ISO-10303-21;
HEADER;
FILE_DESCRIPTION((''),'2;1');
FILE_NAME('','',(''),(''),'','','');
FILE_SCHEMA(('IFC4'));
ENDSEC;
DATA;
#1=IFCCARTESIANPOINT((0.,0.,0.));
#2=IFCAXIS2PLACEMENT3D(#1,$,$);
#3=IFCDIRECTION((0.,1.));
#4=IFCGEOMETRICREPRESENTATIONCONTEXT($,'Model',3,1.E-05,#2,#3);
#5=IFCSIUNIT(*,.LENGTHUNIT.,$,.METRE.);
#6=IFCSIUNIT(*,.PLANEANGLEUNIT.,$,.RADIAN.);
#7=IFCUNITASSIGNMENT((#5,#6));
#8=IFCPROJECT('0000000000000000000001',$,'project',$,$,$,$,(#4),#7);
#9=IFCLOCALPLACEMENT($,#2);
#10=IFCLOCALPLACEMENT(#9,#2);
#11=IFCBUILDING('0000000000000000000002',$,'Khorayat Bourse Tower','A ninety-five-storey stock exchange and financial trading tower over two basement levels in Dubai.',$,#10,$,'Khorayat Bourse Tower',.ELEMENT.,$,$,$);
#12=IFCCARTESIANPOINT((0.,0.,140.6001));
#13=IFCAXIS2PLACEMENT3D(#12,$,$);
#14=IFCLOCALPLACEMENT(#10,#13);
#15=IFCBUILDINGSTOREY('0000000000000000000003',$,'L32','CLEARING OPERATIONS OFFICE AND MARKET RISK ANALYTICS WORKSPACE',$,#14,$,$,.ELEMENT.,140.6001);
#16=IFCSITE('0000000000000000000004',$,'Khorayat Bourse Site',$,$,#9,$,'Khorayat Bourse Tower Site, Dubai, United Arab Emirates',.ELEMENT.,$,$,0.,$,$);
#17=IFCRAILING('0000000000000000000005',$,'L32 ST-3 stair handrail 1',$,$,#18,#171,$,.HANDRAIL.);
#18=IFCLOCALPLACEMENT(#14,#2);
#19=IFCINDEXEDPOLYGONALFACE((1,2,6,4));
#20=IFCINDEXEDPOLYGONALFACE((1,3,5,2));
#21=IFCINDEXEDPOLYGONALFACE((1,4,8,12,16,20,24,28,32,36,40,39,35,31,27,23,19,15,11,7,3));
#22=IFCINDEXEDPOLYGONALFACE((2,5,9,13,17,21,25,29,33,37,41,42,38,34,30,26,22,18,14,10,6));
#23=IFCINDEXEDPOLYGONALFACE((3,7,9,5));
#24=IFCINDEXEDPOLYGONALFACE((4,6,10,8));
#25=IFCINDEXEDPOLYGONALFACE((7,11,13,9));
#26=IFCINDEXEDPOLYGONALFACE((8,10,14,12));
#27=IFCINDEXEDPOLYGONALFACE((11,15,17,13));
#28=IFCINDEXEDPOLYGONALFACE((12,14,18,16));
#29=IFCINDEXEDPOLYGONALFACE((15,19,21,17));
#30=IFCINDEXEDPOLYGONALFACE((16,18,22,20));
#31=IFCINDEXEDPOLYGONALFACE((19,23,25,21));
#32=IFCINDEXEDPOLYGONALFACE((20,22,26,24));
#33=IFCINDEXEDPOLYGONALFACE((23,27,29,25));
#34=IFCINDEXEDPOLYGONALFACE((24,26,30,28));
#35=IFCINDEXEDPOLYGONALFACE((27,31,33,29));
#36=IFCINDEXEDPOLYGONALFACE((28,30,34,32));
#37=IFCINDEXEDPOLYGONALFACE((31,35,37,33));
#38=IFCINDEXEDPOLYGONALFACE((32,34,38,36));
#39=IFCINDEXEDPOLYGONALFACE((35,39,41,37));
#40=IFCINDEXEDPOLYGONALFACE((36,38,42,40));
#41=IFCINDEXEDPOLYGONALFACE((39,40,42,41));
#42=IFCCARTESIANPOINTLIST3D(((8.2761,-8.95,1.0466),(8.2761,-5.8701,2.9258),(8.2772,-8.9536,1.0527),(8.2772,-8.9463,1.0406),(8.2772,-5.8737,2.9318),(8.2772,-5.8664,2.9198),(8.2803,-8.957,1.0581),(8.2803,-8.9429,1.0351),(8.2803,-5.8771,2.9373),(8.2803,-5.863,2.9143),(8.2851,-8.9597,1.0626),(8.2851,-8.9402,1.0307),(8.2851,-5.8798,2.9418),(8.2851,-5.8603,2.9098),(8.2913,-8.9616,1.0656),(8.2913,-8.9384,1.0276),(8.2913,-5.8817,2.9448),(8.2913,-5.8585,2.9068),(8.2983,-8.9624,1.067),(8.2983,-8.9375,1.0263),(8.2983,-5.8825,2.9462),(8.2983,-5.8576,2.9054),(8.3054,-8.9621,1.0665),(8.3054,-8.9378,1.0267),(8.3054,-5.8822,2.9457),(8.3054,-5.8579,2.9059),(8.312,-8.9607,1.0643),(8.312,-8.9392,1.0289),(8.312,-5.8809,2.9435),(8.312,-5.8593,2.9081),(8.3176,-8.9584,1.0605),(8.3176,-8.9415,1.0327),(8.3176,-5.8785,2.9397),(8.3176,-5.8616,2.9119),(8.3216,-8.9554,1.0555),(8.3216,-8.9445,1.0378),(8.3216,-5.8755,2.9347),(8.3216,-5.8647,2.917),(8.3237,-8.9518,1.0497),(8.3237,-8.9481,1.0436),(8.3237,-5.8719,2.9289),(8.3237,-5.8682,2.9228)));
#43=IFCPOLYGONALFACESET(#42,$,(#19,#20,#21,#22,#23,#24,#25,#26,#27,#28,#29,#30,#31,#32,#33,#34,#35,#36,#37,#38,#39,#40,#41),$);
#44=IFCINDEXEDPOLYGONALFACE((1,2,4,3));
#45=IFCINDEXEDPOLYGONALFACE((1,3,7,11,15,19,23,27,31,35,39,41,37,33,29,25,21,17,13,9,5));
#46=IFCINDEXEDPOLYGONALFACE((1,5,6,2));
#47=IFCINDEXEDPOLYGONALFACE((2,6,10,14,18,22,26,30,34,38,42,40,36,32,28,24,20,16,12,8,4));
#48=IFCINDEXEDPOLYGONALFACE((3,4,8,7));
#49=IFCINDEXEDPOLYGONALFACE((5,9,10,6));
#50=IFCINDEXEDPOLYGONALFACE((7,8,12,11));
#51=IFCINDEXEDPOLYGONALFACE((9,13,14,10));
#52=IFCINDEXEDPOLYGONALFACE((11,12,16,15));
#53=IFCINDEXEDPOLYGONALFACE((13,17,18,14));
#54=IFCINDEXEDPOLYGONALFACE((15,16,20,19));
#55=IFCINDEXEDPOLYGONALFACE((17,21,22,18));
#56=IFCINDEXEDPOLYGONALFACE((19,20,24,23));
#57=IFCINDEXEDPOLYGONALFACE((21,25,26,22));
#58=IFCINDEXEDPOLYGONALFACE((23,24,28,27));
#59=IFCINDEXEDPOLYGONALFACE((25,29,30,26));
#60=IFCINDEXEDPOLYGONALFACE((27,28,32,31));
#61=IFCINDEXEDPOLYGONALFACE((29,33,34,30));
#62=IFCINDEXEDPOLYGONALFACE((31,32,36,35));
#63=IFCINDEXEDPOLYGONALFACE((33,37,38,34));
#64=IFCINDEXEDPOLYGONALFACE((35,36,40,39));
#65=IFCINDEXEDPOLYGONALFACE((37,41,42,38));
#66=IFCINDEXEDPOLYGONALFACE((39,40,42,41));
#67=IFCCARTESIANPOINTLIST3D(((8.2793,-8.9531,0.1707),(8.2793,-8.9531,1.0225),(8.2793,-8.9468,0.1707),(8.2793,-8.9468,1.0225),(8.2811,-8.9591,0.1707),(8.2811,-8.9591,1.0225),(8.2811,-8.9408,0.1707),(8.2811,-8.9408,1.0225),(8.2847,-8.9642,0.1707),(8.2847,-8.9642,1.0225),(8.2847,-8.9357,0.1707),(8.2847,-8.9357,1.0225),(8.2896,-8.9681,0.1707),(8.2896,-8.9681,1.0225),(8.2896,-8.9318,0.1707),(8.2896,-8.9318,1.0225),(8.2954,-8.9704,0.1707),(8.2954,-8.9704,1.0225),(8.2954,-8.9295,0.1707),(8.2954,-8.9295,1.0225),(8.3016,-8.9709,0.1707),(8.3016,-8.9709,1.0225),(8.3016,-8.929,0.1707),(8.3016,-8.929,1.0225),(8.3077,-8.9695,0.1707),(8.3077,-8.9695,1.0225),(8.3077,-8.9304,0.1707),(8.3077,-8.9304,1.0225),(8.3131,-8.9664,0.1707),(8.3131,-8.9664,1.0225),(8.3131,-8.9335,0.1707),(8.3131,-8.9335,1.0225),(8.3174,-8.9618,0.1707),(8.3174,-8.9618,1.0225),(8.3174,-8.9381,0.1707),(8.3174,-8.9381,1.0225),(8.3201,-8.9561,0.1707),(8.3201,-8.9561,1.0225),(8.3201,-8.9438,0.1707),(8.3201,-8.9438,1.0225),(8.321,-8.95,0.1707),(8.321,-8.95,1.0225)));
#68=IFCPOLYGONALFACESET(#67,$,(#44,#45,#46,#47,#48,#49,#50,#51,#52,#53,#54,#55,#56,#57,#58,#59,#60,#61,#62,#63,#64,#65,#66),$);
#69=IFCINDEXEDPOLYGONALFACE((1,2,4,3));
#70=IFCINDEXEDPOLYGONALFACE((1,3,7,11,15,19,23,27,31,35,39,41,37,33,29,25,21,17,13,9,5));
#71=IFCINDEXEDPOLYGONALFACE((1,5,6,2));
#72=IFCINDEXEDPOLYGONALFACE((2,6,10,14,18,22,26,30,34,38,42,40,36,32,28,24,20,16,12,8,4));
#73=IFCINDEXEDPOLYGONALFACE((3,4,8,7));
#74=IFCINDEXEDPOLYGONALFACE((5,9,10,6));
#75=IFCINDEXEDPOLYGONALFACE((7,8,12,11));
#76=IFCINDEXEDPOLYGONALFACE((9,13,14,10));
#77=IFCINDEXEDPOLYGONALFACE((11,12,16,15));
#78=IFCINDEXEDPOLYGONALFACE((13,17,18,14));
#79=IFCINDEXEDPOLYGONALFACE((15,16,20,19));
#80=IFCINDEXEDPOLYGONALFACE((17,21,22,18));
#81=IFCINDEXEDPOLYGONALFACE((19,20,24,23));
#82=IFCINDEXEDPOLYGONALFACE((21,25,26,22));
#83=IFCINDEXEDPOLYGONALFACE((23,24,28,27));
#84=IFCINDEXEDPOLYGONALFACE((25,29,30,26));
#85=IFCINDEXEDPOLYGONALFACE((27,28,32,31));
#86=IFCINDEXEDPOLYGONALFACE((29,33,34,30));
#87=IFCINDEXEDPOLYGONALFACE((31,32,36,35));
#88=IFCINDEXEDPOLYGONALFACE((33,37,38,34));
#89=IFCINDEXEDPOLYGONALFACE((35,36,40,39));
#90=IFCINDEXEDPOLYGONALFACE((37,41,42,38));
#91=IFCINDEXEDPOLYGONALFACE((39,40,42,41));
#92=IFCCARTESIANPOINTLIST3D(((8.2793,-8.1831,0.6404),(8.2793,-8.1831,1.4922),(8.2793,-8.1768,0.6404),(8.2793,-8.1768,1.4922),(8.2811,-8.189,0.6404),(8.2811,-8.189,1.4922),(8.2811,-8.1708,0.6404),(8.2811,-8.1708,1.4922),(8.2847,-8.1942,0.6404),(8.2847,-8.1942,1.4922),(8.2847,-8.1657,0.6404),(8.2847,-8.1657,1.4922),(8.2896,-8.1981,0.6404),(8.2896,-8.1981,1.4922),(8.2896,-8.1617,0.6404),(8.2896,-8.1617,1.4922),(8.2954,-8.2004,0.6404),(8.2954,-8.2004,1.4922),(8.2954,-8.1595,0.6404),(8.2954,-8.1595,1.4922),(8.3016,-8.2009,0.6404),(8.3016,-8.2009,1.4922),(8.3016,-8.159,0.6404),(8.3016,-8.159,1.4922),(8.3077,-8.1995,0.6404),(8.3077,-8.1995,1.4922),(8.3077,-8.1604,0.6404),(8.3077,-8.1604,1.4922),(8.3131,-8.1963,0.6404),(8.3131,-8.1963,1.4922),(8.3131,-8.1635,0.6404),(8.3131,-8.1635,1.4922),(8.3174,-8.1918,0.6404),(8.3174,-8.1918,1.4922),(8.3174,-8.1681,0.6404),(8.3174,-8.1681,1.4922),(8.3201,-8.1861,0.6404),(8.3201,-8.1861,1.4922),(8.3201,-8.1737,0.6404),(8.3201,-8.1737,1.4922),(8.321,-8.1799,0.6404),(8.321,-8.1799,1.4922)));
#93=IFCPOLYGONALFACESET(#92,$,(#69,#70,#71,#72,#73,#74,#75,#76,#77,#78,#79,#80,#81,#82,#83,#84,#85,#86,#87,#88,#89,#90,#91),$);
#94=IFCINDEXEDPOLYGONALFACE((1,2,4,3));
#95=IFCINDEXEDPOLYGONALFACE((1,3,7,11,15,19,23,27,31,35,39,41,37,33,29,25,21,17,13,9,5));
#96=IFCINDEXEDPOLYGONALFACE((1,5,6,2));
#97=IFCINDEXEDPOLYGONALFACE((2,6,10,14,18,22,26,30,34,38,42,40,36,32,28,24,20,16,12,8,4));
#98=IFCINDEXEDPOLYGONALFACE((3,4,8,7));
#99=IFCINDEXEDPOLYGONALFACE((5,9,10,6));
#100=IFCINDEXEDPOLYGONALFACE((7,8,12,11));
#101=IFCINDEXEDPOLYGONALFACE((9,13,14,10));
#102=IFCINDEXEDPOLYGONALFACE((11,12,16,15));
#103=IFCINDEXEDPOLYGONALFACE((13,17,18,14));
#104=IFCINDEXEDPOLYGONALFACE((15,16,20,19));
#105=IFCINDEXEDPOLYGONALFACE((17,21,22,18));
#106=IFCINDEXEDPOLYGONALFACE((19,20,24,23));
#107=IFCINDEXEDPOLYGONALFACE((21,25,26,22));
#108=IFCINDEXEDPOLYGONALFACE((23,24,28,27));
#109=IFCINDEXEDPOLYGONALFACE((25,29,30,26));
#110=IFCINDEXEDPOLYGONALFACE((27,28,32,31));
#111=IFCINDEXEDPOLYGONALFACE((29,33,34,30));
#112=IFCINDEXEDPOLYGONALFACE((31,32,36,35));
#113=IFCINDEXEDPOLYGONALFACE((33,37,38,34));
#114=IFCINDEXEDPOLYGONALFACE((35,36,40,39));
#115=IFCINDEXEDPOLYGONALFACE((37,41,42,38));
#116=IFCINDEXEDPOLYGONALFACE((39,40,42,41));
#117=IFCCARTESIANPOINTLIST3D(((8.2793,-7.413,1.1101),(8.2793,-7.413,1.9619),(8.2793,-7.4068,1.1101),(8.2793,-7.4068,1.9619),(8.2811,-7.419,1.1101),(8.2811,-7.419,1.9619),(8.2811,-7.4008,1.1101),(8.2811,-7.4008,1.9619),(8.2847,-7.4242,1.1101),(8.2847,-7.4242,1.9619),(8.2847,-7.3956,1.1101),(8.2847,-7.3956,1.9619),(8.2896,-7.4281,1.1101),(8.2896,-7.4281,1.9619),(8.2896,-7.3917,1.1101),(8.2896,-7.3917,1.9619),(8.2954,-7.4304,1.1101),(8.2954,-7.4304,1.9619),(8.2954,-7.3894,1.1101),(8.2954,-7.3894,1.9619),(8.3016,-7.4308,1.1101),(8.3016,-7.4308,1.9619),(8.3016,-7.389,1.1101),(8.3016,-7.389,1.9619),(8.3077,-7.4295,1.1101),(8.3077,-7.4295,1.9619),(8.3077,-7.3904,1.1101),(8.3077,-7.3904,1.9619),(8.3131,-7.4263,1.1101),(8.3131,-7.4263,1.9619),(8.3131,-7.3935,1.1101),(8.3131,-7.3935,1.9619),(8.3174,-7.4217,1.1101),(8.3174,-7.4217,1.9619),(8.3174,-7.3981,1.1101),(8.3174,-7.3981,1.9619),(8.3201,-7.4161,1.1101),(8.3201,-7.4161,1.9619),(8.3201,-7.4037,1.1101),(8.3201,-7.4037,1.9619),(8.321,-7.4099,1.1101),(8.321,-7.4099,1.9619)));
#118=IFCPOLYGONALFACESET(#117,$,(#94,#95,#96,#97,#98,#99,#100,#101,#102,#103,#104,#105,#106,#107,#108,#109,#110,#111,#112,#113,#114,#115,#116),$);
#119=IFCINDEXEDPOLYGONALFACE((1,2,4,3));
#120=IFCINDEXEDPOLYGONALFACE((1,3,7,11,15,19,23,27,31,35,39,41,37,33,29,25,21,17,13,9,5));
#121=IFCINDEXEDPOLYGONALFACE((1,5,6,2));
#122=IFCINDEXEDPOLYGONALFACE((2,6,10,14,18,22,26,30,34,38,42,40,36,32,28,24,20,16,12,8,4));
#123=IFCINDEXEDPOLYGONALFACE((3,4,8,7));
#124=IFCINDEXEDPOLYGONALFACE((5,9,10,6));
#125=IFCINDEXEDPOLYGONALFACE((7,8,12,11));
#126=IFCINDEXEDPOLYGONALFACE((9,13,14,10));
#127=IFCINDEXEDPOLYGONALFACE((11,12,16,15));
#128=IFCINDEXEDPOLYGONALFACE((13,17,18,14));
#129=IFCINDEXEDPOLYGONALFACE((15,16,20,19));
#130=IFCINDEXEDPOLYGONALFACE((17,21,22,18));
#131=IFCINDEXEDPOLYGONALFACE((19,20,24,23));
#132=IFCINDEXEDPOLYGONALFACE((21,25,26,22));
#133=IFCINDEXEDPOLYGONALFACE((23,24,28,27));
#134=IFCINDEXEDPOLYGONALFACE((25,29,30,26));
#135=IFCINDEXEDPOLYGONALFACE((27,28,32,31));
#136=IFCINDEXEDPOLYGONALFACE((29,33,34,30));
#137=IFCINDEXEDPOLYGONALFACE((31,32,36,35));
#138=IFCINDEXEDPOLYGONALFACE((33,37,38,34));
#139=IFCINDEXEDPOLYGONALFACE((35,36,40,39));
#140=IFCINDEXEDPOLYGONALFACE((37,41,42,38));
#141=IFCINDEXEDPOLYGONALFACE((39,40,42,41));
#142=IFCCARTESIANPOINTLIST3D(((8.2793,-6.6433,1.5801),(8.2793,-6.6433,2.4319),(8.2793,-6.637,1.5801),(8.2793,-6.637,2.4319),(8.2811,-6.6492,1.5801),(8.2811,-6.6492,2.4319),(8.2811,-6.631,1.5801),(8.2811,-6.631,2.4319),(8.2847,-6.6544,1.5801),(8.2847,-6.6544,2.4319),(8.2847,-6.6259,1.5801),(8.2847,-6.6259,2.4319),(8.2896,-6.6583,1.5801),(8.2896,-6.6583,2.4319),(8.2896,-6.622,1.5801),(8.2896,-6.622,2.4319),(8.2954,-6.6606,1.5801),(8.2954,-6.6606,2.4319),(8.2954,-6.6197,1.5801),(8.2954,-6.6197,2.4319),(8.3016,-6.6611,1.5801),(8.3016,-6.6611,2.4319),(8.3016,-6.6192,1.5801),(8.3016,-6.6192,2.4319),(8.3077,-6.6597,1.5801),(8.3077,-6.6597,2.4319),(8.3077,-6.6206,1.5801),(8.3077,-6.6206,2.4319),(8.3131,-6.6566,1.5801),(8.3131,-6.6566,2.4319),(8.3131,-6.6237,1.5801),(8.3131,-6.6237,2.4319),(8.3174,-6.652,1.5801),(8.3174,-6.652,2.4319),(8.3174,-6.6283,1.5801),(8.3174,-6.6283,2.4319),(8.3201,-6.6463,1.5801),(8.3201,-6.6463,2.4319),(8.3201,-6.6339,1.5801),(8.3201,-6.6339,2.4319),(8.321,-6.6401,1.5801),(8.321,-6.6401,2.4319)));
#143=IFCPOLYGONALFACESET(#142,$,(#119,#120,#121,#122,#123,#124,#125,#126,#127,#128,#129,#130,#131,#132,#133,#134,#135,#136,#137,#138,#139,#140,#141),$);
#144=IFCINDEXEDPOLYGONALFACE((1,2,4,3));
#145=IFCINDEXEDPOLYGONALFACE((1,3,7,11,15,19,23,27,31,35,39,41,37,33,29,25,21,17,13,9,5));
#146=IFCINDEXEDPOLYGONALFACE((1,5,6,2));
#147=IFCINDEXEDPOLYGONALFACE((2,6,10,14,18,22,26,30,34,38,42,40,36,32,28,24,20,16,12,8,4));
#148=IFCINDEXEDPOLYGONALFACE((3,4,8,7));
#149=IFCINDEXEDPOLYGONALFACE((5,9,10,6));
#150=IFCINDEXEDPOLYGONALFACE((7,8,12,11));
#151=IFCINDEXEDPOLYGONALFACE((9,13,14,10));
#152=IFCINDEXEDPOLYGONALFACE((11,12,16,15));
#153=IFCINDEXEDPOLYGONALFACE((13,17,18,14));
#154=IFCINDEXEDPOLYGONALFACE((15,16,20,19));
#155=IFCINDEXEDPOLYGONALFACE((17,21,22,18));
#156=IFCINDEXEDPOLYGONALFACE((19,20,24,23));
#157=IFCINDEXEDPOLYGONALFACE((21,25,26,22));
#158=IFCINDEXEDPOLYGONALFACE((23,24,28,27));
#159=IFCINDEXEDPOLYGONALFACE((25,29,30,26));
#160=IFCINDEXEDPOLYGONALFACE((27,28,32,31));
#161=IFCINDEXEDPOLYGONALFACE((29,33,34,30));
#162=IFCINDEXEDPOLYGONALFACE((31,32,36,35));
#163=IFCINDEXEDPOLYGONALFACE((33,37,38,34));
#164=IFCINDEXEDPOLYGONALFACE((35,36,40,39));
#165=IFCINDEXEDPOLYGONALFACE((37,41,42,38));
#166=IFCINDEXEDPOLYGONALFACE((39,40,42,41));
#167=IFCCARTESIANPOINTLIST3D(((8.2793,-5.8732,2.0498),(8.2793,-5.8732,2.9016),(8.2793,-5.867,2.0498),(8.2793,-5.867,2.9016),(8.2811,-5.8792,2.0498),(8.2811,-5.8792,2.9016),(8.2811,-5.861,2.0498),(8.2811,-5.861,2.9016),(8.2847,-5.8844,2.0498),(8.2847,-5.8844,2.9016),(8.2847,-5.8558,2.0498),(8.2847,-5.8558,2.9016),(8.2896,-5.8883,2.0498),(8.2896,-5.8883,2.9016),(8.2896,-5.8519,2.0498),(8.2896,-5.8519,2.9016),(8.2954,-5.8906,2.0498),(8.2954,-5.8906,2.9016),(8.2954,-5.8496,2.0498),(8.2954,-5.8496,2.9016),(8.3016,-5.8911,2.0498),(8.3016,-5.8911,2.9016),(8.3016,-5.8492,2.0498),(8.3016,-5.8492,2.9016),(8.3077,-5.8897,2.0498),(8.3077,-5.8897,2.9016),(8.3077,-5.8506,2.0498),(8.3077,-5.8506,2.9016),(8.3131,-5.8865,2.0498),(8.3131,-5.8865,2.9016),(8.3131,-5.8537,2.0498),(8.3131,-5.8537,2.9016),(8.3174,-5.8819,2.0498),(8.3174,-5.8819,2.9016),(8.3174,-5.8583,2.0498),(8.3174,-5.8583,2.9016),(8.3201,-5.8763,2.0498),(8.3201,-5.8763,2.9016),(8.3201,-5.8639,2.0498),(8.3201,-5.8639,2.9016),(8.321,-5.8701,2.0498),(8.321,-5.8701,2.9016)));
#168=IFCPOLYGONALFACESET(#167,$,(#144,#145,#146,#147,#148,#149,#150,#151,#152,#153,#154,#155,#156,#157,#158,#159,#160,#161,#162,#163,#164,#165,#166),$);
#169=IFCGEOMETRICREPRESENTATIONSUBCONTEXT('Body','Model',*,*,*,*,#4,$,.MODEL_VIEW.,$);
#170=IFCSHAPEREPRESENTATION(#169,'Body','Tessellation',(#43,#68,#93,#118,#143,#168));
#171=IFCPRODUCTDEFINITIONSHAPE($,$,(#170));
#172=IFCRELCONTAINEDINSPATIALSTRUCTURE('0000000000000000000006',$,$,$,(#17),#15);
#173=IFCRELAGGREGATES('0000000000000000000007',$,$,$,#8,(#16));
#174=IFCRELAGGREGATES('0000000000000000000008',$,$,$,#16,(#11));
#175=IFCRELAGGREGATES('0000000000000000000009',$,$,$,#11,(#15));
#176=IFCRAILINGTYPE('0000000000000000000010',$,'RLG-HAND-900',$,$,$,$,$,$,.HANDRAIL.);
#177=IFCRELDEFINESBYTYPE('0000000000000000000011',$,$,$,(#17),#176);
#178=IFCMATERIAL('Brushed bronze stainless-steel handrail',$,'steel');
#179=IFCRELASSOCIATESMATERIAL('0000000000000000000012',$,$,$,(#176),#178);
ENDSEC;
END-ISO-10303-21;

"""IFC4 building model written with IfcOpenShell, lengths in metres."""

from ifc_helpers import new_model, si_unit, direction, frame, origin, origin_2d, place, context, subcontext, project, spatial, circle, extrude, source, transform, mapped, material, type_object, element, save


model = new_model("IFC4")

# Units and contexts
model_context = context("Model", 3, precision=1e-05, world=origin(), true_north=direction((0.0, 1.0)))
body_context = subcontext(model_context, "Body", "Model", "MODEL_VIEW")
ifc_project = project(units=[si_unit("LENGTHUNIT", "METRE"), si_unit("PLANEANGLEUNIT", "RADIAN")], contexts=[model_context])

# Site, building, storey
site_placement = place(None, origin())
site = spatial("IfcSite", under=ifc_project, at=site_placement, Name="Khorayat Bourse Site", LongName="Khorayat Bourse Tower Site, Dubai, United Arab Emirates", CompositionType="ELEMENT", RefElevation=0.0)
building_placement = place(site_placement, origin())
building = spatial("IfcBuilding", under=site, at=building_placement, Name="Khorayat Bourse Tower", Description="A ninety-five-storey stock exchange and financial trading tower over two basement levels in Dubai.", LongName="Khorayat Bourse Tower", CompositionType="ELEMENT")
storey_placement = place(building_placement, frame((0.0, 0.0, 140.6001)))
storey = spatial("IfcBuildingStorey", under=building, at=storey_placement, Name="L32", Description="CLEARING OPERATIONS OFFICE AND MARKET RISK ANALYTICS WORKSPACE", CompositionType="ELEMENT", Elevation=140.6001)

# Railing
ifc_material_1 = material(Name="Brushed bronze stainless-steel handrail", Category="steel")
railing_type_1 = type_object("IfcRailingType", Name="RLG-HAND-900", PredefinedType="HANDRAIL", material=ifc_material_1)
shared_shape_1 = source(origin(), body_context, "Body", "SweptSolid", [
    extrude(circle(Radius=0.0239, at=origin_2d()), frame((0.0, 0.0, 0.876), z_axis=(0.0, 0.853648, 0.52085), x_axis=(-1.0, 0.0, 0.0)), (0.0, 0.0, 1.0), 3.6079),
    extrude(circle(Radius=0.021, at=origin_2d()), origin(), (0.0, 0.0, 1.0), 0.8518),
    extrude(circle(Radius=0.021, at=origin_2d()), frame((0.0, 0.77, 0.4697)), (0.0, 0.0, 1.0), 0.8518),
    extrude(circle(Radius=0.021, at=origin_2d()), frame((0.0, 1.54, 0.9395)), (0.0, 0.0, 1.0), 0.8518),
    extrude(circle(Radius=0.021, at=origin_2d()), frame((0.0, 2.3098, 1.4094)), (0.0, 0.0, 1.0), 0.8518),
    extrude(circle(Radius=0.021, at=origin_2d()), frame((0.0, 3.0798, 1.8792)), (0.0, 0.0, 1.0), 0.8518),
])
railing_1_placement = place(storey_placement, frame((8.3, -8.95, 0.1707)))
element("IfcRailing", 1, at=railing_1_placement, inside=storey, type_object=railing_type_1, Name="L32 ST-3 stair handrail 1", PredefinedType="HANDRAIL", context=body_context, shape_type="MappedRepresentation", body=[
    mapped(shared_shape_1, transform((0.0, 0.0, 0.0), scale=1.0)),
])

save(model, "model.ifc")
